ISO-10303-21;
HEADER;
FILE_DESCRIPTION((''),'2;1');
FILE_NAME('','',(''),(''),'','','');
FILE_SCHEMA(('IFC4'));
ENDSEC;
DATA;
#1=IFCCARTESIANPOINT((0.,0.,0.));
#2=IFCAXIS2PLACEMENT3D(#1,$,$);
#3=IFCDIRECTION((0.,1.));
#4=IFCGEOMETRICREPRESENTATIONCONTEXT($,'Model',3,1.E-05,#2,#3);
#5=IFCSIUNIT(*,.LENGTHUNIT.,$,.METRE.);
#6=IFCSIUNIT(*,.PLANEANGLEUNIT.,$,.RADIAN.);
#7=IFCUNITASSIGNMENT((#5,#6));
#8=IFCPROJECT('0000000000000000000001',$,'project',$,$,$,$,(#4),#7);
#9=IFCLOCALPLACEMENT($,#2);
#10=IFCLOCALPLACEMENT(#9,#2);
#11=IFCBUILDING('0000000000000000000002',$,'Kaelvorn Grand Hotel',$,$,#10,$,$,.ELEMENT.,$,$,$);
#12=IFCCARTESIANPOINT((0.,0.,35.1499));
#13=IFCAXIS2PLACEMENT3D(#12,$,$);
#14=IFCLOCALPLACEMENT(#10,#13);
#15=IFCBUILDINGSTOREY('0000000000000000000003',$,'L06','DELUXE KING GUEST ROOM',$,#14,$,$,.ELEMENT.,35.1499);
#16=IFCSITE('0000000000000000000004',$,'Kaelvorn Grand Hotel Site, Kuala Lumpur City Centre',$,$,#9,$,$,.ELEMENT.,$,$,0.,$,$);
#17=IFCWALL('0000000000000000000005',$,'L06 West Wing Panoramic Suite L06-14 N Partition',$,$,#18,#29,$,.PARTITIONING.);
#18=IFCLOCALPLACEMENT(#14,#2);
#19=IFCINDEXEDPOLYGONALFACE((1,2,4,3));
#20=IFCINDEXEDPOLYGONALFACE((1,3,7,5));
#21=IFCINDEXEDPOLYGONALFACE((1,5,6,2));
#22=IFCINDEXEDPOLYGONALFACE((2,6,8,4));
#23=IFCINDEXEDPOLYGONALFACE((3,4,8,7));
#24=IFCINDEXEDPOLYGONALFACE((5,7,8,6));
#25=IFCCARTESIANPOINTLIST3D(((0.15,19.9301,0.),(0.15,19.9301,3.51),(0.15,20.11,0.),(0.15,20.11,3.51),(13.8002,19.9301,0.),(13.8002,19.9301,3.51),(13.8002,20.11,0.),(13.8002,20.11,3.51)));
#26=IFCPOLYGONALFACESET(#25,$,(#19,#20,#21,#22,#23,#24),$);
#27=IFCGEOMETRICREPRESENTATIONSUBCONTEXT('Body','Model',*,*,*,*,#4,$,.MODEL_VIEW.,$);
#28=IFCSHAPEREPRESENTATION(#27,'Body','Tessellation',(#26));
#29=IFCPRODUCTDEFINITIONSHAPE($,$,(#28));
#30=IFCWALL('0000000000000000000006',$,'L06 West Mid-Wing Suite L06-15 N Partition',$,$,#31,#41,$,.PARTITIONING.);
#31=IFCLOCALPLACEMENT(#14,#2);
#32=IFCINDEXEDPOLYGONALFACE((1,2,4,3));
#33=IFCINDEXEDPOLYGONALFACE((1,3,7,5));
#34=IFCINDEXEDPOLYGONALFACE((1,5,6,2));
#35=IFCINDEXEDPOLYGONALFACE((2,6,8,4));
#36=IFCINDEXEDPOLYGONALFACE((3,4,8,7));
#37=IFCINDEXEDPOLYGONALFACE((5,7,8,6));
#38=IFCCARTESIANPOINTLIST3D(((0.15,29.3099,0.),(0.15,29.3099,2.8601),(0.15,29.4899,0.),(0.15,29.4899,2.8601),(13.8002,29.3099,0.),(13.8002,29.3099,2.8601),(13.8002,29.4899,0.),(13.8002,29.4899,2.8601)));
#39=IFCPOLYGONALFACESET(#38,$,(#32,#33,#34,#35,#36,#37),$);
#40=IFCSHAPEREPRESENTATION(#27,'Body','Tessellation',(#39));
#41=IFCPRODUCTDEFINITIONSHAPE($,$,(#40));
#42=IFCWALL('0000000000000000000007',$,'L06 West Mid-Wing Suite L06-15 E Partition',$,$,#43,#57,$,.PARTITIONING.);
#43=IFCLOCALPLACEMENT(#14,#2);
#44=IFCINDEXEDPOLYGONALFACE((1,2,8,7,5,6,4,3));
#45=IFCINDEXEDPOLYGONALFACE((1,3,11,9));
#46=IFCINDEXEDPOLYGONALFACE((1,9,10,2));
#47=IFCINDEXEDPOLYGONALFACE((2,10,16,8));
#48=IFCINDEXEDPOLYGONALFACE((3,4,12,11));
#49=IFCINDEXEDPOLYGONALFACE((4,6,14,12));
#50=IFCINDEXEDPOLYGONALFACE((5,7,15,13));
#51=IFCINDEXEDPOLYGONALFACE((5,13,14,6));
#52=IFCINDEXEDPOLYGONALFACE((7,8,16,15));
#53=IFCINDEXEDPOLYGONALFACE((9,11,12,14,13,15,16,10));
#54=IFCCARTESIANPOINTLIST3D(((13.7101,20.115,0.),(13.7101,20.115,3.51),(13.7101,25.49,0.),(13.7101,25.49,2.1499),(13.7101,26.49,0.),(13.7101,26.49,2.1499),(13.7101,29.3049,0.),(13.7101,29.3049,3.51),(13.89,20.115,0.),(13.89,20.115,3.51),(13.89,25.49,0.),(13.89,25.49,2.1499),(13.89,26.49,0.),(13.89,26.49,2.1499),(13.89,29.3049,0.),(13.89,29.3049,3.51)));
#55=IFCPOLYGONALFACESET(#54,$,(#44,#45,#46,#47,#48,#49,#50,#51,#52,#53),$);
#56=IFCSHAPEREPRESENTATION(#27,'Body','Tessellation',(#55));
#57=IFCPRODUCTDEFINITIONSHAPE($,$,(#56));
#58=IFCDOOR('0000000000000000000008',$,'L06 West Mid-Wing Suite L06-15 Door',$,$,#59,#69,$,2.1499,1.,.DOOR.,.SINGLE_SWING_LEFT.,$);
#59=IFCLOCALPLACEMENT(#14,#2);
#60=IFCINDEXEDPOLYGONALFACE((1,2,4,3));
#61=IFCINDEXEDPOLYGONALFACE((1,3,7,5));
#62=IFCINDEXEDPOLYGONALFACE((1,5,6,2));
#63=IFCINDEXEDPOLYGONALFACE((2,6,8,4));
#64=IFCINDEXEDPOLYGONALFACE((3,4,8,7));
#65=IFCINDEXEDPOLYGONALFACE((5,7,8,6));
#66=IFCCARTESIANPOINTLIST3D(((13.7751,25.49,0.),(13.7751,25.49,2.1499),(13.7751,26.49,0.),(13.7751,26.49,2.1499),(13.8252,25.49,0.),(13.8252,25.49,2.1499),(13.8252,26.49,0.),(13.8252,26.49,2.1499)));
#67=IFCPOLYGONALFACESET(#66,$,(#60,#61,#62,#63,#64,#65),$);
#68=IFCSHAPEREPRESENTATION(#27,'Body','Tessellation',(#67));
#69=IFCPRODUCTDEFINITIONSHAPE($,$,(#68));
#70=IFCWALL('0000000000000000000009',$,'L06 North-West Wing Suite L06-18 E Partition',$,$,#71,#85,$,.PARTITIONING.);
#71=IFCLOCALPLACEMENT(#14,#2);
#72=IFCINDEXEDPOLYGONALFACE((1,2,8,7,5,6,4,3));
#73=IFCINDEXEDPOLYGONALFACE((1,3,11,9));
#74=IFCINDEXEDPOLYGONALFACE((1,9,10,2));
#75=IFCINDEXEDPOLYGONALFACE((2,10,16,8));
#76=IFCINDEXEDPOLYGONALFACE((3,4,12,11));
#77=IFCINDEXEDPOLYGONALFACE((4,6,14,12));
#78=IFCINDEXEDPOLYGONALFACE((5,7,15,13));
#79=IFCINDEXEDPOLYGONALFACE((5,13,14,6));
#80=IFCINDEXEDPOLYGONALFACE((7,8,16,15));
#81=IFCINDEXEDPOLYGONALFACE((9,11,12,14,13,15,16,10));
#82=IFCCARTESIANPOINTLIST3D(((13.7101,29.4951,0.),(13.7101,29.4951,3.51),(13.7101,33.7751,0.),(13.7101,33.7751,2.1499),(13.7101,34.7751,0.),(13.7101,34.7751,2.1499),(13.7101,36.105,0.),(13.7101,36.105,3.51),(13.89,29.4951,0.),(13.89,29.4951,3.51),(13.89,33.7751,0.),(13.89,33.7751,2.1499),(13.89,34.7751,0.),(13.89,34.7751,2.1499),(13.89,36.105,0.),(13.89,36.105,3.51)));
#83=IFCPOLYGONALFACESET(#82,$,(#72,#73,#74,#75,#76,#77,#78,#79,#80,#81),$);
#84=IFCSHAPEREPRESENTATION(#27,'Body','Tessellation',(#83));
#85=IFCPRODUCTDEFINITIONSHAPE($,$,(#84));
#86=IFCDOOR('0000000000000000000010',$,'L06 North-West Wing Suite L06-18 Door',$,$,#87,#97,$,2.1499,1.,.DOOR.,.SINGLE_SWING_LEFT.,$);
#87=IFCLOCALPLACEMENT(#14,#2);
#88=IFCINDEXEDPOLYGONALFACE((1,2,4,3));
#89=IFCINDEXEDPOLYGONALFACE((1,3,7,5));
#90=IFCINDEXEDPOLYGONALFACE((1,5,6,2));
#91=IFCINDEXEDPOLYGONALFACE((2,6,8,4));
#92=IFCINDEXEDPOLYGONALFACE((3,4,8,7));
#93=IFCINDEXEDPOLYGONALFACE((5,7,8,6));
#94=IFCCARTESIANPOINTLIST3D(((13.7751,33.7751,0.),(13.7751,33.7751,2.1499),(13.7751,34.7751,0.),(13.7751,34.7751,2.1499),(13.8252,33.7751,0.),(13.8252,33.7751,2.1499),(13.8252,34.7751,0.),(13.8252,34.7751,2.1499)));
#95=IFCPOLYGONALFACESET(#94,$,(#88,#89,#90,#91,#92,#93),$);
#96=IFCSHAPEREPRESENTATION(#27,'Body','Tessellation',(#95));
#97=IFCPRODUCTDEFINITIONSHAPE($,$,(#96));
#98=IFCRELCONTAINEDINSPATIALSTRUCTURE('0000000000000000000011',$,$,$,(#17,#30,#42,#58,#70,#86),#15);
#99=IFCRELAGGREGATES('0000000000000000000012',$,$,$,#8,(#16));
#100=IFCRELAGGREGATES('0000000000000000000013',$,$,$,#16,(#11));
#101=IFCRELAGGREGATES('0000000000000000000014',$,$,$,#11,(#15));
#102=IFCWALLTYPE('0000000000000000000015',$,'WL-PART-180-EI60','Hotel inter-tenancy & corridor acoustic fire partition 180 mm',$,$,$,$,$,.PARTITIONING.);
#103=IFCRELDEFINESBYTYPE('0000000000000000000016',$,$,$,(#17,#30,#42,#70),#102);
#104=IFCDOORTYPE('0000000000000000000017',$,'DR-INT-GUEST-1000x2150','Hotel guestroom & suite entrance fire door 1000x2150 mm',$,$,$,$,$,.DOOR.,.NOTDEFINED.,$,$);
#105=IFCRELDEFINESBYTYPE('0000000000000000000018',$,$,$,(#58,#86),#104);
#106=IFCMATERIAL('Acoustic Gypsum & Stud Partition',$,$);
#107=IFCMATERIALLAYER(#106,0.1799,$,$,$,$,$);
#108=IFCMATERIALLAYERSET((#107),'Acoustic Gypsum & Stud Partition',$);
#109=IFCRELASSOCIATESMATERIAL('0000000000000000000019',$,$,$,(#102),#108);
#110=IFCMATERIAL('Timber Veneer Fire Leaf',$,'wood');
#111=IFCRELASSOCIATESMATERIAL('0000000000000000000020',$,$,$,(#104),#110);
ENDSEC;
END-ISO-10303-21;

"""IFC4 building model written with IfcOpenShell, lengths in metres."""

from ifc_helpers import new_model, si_unit, direction, frame, frame_2d, origin, place, context, subcontext, project, spatial, rectangle, extrude, material, layer, layer_set, type_object, element, fill, save


model = new_model("IFC4")

# Units and contexts
model_context = context("Model", 3, precision=1e-05, world=origin(), true_north=direction((0.0, 1.0)))
body_context = subcontext(model_context, "Body", "Model", "MODEL_VIEW")
ifc_project = project(units=[si_unit("LENGTHUNIT", "METRE"), si_unit("PLANEANGLEUNIT", "RADIAN")], contexts=[model_context])

# Site, building, storey
site_placement = place(None, origin())
site = spatial("IfcSite", under=ifc_project, at=site_placement, Name="Kaelvorn Grand Hotel Site, Kuala Lumpur City Centre", CompositionType="ELEMENT", RefElevation=0.0)
building_placement = place(site_placement, origin())
building = spatial("IfcBuilding", under=site, at=building_placement, Name="Kaelvorn Grand Hotel", CompositionType="ELEMENT")
storey_placement = place(building_placement, frame((0.0, 0.0, 35.1499)))
storey = spatial("IfcBuildingStorey", under=building, at=storey_placement, Name="L06", Description="DELUXE KING GUEST ROOM", CompositionType="ELEMENT", Elevation=35.1499)

# Walls
ifc_material_1 = material(Name="Acoustic Gypsum & Stud Partition")
ifc_layer_1 = layer(ifc_material_1, 0.1799)
ifc_layer_set_1 = layer_set([ifc_layer_1], Name="Acoustic Gypsum & Stud Partition")
wall_type_1 = type_object("IfcWallType", Name="WL-PART-180-EI60", Description="Hotel inter-tenancy & corridor acoustic fire partition 180 mm", PredefinedType="PARTITIONING", material=ifc_layer_set_1)
wall_1_placement = place(storey_placement, frame((0.1499, 20.02, 0.0), z_axis=(0.0, 0.0, 1.0), x_axis=(1.0, 0.0, 0.0)))
element("IfcWall", 1, at=wall_1_placement, inside=storey, type_object=wall_type_1, Name="L06 West Wing Panoramic Suite L06-14 N Partition", PredefinedType="PARTITIONING", context=body_context, shape_type="SweptSolid", body=[
    extrude(rectangle(XDim=13.6501, YDim=0.1799, at=frame_2d((6.8252, 0.0))), origin(), (0.0, 0.0, 1.0), 3.51),
])
wall_2_placement = place(storey_placement, frame((0.1499, 29.3999, 0.0), z_axis=(0.0, 0.0, 1.0), x_axis=(1.0, 0.0, 0.0)))
element("IfcWall", 2, at=wall_2_placement, inside=storey, type_object=wall_type_1, Name="L06 West Mid-Wing Suite L06-15 N Partition", PredefinedType="PARTITIONING", context=body_context, shape_type="SweptSolid", body=[
    extrude(rectangle(XDim=13.6501, YDim=0.1799, at=frame_2d((6.8252, 0.0))), origin(), (0.0, 0.0, 1.0), 2.8601),
])

# Walls, openings, doors
wall_3_placement = place(storey_placement, frame((13.8, 20.115, 0.0), z_axis=(0.0, 0.0, 1.0), x_axis=(0.0, 1.0, 0.0)))
wall_3 = element("IfcWall", 3, at=wall_3_placement, inside=storey, type_object=wall_type_1, Name="L06 West Mid-Wing Suite L06-15 E Partition", PredefinedType="PARTITIONING", context=body_context, shape_type="SweptSolid", body=[
    extrude(rectangle(XDim=9.1899, YDim=0.1799, at=frame_2d((4.595, 0.0))), origin(), (0.0, 0.0, 1.0), 3.51),
])
opening_1_placement = place(wall_3_placement, frame((5.375, 0.0, 0.0)))
opening_1 = element("IfcOpeningElement", 4, at=opening_1_placement, cuts=wall_3, PredefinedType="OPENING", context=body_context, shape_type="SweptSolid", body=[
    extrude(rectangle(XDim=1.0, YDim=2.1499, at=frame_2d((0.5, 1.075))), frame((0.0, 0.1001, 0.0), z_axis=(0.0, -1.0, 0.0), x_axis=(1.0, 0.0, 0.0)), (0.0, 0.0, 1.0), 0.2),
])
ifc_material_2 = material(Name="Timber Veneer Fire Leaf", Category="wood")
door_type_1 = type_object("IfcDoorType", Name="DR-INT-GUEST-1000x2150", Description="Hotel guestroom & suite entrance fire door 1000x2150 mm", OperationType="NOTDEFINED", PredefinedType="DOOR", material=ifc_material_2)
door_1_placement = place(opening_1_placement, origin())
door_1 = element("IfcDoor", 5, at=door_1_placement, inside=storey, type_object=door_type_1, Name="L06 West Mid-Wing Suite L06-15 Door", OperationType="SINGLE_SWING_LEFT", OverallHeight=2.1499, OverallWidth=1.0, PredefinedType="DOOR", context=body_context, shape_type="SweptSolid", body=[
    extrude(rectangle(XDim=1.0, YDim=2.1499, at=frame_2d((0.5, 1.075))), frame((0.0, 0.0249, 0.0), z_axis=(0.0, -1.0, 0.0), x_axis=(1.0, 0.0, 0.0)), (0.0, 0.0, 1.0), 0.05),
])
fill(opening_1, door_1)
wall_4_placement = place(storey_placement, frame((13.8, 29.4951, 0.0), z_axis=(0.0, 0.0, 1.0), x_axis=(0.0, 1.0, 0.0)))
wall_4 = element("IfcWall", 6, at=wall_4_placement, inside=storey, type_object=wall_type_1, Name="L06 North-West Wing Suite L06-18 E Partition", PredefinedType="PARTITIONING", context=body_context, shape_type="SweptSolid", body=[
    extrude(rectangle(XDim=6.6099, YDim=0.1799, at=frame_2d((3.3049, 0.0))), origin(), (0.0, 0.0, 1.0), 3.51),
])
opening_2_placement = place(wall_4_placement, frame((4.28, 0.0, 0.0)))
opening_2 = element("IfcOpeningElement", 7, at=opening_2_placement, cuts=wall_4, PredefinedType="OPENING", context=body_context, shape_type="SweptSolid", body=[
    extrude(rectangle(XDim=1.0, YDim=2.1499, at=frame_2d((0.5, 1.075))), frame((0.0, 0.1001, 0.0), z_axis=(0.0, -1.0, 0.0), x_axis=(1.0, 0.0, 0.0)), (0.0, 0.0, 1.0), 0.2),
])
door_2_placement = place(opening_2_placement, origin())
door_2 = element("IfcDoor", 8, at=door_2_placement, inside=storey, type_object=door_type_1, Name="L06 North-West Wing Suite L06-18 Door", OperationType="SINGLE_SWING_LEFT", OverallHeight=2.1499, OverallWidth=1.0, PredefinedType="DOOR", context=body_context, shape_type="SweptSolid", body=[
    extrude(rectangle(XDim=1.0, YDim=2.1499, at=frame_2d((0.5, 1.075))), frame((0.0, 0.0249, 0.0), z_axis=(0.0, -1.0, 0.0), x_axis=(1.0, 0.0, 0.0)), (0.0, 0.0, 1.0), 0.05),
])
fill(opening_2, door_2)

save(model, "model.ifc")
